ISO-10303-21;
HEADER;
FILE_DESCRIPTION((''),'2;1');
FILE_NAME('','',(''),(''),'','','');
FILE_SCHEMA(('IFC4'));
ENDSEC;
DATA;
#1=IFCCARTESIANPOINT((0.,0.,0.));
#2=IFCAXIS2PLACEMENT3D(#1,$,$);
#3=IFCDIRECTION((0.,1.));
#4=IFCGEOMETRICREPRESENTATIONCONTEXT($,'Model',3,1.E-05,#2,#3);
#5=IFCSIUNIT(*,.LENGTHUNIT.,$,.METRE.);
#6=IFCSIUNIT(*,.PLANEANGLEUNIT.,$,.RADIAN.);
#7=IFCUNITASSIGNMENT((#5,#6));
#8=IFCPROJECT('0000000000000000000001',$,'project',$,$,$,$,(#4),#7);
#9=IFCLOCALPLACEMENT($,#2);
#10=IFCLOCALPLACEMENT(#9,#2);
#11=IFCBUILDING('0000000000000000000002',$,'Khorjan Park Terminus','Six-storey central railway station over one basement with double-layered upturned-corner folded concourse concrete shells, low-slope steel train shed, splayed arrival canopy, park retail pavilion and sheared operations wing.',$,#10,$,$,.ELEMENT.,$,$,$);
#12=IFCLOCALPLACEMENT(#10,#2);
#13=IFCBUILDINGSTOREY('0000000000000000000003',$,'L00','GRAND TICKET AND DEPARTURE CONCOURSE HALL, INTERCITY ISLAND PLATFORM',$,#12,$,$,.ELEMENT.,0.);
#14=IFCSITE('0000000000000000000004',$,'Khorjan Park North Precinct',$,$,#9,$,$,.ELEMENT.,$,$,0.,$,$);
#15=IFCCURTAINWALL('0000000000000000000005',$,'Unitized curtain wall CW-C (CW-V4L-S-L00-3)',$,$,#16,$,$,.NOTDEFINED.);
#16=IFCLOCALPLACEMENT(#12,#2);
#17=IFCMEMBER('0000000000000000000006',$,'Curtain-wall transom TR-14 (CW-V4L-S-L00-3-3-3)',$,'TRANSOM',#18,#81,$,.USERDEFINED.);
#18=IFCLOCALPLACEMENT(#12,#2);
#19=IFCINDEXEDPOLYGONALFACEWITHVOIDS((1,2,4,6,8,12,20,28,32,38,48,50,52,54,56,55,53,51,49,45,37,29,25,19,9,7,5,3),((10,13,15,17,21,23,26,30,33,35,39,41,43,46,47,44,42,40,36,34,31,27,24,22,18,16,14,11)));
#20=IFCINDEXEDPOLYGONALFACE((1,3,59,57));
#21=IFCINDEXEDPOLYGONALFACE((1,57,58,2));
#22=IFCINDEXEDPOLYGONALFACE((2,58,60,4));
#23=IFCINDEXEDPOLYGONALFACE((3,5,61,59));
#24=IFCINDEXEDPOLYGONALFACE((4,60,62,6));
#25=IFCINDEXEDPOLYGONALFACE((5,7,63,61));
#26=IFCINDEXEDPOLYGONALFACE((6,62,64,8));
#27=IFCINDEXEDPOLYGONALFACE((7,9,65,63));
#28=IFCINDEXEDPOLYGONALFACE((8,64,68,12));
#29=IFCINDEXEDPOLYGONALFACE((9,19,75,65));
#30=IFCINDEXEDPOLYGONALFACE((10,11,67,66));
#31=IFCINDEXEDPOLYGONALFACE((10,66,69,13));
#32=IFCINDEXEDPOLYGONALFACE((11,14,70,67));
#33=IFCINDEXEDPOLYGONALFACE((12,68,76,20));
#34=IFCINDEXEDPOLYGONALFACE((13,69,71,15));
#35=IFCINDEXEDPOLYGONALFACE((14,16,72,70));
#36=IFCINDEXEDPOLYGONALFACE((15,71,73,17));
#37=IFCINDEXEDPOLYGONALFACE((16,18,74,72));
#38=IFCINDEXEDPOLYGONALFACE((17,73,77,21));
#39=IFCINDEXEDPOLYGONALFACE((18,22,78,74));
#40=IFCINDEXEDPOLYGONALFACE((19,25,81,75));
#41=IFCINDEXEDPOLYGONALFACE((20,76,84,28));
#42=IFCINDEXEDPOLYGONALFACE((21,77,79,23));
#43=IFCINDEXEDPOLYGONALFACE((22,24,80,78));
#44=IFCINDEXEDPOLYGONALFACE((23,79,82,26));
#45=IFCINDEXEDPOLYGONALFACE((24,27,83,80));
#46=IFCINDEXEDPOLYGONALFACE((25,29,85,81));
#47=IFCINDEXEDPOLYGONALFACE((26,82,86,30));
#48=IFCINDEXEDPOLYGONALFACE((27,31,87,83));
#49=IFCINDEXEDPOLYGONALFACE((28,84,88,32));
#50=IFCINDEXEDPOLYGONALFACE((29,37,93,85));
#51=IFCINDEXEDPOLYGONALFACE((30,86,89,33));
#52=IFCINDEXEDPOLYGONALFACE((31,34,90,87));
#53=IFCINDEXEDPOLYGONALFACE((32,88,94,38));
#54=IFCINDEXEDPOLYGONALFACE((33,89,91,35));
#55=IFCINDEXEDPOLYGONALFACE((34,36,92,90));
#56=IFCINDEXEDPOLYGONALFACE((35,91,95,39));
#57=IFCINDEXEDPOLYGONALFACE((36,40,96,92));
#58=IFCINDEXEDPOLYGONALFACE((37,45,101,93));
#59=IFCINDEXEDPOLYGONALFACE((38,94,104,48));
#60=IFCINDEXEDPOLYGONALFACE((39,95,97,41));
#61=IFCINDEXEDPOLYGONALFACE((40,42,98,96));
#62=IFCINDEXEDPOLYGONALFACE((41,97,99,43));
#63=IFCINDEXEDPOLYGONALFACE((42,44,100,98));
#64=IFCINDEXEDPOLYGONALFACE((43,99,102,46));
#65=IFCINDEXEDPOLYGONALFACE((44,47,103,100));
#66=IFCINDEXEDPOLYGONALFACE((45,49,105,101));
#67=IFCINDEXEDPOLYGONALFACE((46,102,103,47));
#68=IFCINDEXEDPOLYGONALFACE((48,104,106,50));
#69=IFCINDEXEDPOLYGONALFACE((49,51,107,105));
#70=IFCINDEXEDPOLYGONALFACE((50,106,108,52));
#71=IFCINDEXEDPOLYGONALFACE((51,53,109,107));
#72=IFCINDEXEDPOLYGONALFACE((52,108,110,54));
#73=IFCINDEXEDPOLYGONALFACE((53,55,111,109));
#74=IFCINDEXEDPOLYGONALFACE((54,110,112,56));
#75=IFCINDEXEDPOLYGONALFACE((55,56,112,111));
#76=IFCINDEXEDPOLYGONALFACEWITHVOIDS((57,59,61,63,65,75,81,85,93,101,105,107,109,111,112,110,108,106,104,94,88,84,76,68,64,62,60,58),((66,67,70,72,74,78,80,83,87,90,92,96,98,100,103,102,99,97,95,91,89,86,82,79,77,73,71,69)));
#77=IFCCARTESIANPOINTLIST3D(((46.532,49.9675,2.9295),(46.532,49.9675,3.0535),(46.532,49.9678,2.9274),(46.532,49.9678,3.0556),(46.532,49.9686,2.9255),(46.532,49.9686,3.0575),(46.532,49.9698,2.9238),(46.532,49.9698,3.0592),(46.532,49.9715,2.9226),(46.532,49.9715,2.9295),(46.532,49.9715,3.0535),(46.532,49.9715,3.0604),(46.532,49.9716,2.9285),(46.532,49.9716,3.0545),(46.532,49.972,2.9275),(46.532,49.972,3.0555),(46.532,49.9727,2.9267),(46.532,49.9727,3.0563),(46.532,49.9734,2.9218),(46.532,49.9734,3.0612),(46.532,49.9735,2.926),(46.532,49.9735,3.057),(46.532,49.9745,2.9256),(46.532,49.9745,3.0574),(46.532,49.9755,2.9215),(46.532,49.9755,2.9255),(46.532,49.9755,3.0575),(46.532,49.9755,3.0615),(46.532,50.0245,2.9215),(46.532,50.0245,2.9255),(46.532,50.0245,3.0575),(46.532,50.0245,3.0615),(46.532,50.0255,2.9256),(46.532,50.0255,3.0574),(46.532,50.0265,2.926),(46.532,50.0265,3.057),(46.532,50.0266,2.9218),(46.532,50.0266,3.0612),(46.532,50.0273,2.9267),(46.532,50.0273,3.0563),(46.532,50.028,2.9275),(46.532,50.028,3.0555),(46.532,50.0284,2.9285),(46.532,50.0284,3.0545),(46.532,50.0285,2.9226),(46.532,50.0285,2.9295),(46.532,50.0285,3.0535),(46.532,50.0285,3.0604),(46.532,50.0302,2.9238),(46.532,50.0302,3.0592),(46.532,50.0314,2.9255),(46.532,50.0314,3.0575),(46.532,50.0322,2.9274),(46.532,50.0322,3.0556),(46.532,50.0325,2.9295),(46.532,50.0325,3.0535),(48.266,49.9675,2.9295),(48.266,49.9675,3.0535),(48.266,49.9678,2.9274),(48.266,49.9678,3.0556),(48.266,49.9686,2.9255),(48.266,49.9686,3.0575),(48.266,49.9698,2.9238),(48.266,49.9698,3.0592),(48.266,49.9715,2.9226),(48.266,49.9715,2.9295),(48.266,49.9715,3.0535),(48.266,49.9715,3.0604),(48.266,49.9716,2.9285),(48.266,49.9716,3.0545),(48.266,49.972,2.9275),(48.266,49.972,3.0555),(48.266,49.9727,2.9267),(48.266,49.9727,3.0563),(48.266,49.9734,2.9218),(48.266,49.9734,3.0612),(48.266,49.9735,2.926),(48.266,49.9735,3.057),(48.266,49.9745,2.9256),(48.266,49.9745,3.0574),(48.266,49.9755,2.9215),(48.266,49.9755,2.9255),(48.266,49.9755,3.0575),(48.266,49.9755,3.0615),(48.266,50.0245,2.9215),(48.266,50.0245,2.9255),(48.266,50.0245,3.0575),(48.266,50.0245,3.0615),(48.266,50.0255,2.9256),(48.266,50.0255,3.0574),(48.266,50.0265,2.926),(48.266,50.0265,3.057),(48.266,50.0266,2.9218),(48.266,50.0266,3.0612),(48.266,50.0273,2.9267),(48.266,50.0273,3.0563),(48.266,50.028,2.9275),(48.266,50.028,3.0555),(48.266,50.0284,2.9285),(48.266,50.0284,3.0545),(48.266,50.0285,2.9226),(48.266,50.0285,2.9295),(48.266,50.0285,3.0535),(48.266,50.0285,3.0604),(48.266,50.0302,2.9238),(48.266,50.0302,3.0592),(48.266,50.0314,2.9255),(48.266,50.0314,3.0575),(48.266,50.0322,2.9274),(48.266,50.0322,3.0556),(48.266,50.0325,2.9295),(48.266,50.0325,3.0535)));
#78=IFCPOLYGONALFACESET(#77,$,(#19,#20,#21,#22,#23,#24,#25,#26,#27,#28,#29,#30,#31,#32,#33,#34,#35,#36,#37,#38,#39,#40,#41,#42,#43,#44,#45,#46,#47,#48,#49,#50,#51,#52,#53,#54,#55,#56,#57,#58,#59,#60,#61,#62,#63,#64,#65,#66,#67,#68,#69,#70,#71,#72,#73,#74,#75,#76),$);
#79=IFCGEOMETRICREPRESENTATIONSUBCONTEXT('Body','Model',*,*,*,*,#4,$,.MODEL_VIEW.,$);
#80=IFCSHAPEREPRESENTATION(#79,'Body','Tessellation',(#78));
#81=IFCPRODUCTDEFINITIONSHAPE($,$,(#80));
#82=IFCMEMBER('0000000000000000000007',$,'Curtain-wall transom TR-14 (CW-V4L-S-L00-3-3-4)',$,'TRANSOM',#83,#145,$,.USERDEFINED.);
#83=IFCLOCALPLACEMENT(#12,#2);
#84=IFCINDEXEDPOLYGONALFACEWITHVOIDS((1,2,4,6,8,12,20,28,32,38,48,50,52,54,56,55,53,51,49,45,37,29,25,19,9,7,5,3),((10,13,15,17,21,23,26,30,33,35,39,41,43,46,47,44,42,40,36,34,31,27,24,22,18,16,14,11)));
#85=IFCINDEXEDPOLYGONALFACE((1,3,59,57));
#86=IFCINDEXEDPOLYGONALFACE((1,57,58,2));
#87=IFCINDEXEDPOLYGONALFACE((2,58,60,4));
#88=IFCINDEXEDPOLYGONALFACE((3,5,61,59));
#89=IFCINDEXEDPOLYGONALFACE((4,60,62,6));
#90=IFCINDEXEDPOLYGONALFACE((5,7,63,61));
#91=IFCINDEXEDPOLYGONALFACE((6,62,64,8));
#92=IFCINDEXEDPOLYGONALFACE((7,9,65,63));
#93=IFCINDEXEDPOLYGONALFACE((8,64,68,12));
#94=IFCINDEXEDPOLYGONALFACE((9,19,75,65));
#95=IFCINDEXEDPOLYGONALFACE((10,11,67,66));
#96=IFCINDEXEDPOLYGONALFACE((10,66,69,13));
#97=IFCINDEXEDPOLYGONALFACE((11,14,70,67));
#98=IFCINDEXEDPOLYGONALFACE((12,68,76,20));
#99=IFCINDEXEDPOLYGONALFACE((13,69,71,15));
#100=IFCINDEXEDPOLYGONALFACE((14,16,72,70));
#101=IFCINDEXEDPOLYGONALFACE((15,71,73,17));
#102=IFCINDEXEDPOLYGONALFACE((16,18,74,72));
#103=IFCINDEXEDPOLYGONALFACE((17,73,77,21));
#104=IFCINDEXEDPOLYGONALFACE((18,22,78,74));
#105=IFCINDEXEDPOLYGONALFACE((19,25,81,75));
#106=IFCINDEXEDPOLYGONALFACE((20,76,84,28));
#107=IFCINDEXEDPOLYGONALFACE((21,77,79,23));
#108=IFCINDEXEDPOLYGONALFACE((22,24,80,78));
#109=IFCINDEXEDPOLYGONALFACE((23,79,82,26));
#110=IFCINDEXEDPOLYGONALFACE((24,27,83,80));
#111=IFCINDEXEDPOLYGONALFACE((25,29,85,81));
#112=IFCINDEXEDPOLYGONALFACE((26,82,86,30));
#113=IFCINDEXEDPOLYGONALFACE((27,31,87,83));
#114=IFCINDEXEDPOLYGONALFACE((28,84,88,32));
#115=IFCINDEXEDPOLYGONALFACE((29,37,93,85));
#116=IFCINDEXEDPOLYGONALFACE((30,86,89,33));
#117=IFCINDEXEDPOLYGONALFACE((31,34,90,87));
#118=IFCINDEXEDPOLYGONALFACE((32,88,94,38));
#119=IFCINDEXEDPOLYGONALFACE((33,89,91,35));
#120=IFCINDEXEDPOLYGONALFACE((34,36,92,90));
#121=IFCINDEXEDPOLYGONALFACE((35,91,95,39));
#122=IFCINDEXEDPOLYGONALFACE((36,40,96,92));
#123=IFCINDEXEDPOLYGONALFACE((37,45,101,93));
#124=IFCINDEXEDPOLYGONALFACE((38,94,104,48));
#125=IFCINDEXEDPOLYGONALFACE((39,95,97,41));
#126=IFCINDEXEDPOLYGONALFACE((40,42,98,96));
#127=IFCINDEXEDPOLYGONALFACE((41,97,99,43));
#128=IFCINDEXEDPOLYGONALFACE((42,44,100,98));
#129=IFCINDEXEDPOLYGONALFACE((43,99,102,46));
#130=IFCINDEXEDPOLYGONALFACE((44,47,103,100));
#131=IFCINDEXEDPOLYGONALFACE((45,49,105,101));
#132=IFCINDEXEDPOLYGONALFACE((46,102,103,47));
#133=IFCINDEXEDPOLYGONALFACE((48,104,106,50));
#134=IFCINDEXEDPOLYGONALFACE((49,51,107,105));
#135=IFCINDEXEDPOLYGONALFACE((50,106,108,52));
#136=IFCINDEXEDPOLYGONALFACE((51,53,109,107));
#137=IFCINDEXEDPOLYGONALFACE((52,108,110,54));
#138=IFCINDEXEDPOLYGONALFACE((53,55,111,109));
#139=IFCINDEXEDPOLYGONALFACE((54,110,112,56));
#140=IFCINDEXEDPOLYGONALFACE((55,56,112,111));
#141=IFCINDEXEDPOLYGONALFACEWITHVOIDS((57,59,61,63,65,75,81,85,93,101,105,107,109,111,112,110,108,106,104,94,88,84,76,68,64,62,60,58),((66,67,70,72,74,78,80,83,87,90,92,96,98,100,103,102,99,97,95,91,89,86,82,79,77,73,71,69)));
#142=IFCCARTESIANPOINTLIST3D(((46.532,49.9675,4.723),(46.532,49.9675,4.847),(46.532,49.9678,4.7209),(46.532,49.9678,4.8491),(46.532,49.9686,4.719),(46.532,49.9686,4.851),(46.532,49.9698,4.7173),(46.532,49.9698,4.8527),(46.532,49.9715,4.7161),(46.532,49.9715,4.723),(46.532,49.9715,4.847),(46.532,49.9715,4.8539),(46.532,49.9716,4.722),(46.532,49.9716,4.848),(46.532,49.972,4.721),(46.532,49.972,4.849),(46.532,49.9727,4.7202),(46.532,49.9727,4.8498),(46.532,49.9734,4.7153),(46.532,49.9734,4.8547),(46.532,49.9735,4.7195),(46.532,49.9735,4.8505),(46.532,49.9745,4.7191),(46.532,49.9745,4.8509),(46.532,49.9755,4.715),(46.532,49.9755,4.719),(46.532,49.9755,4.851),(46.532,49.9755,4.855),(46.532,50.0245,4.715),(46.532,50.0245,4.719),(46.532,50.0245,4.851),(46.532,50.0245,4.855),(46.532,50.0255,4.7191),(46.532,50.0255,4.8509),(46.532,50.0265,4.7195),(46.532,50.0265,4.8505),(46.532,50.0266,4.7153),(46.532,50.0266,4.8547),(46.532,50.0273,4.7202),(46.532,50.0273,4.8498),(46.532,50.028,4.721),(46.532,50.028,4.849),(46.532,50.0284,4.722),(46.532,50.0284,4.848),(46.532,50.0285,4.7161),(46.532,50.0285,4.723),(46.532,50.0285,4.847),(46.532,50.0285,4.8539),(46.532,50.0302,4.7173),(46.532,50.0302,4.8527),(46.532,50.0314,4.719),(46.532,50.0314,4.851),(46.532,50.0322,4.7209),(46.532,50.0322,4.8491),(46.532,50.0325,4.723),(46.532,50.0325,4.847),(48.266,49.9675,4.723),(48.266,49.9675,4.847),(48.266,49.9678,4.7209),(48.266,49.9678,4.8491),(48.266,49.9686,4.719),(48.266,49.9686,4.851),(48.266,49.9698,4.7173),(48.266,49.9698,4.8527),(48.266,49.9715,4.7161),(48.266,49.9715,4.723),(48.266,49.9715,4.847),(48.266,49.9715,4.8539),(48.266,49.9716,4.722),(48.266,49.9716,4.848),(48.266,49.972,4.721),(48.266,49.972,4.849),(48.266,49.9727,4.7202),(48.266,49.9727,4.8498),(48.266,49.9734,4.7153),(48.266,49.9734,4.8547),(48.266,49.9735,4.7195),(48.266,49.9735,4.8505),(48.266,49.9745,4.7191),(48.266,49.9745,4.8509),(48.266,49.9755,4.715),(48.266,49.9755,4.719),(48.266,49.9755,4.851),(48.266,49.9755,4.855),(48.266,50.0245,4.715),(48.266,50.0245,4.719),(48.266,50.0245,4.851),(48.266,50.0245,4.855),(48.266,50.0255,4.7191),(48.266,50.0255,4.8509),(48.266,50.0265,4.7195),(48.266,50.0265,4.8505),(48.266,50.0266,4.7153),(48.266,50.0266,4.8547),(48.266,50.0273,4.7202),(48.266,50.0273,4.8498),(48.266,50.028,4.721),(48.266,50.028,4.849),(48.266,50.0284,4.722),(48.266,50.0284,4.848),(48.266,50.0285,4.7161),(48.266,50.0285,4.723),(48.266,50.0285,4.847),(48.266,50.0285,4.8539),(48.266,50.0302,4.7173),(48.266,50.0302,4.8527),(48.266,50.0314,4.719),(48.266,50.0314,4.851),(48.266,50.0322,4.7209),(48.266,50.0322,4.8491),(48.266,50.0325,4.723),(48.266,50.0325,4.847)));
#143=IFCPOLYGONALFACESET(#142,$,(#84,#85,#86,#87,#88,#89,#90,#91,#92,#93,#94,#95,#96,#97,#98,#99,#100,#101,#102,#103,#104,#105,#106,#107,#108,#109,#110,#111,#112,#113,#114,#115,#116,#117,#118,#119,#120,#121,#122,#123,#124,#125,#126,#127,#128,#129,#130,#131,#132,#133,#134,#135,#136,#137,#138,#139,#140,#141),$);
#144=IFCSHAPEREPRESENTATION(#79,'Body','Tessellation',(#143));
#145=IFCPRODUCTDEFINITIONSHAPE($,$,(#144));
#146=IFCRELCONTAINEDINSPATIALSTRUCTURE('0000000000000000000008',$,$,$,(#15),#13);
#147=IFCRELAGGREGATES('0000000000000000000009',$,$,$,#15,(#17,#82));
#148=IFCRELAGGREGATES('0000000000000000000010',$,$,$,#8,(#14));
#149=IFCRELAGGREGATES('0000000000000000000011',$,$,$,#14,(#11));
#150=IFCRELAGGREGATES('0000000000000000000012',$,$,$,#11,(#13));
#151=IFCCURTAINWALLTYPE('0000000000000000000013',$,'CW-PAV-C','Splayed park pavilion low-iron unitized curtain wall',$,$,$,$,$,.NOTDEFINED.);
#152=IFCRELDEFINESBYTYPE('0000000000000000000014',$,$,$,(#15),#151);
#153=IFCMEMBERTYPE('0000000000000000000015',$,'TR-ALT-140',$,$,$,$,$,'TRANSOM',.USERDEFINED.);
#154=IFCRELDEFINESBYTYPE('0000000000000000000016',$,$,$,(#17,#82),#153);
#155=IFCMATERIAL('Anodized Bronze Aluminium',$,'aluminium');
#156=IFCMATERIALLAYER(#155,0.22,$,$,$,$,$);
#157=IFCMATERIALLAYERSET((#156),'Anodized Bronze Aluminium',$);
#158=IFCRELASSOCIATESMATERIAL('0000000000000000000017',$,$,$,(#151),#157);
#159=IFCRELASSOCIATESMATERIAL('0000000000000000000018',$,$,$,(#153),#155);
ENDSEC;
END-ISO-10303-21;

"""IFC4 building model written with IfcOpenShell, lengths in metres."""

from ifc_helpers import new_model, si_unit, direction, frame, origin, origin_2d, place, context, subcontext, project, spatial, hollow_rectangle, extrude, material, layer, layer_set, material_profile, profile_set, type_object, element, aggregate, save


model = new_model("IFC4")

# Units and contexts
model_context = context("Model", 3, precision=1e-05, world=origin(), true_north=direction((0.0, 1.0)))
body_context = subcontext(model_context, "Body", "Model", "MODEL_VIEW")
ifc_project = project(units=[si_unit("LENGTHUNIT", "METRE"), si_unit("PLANEANGLEUNIT", "RADIAN")], contexts=[model_context])

# Site, building, storey
site_placement = place(None, origin())
site = spatial("IfcSite", under=ifc_project, at=site_placement, Name="Khorjan Park North Precinct", CompositionType="ELEMENT", RefElevation=0.0)
building_placement = place(site_placement, origin())
building = spatial("IfcBuilding", under=site, at=building_placement, Name="Khorjan Park Terminus", Description="Six-storey central railway station over one basement with double-layered upturned-corner folded concourse concrete shells, low-slope steel train shed, splayed arrival canopy, park retail pavilion and sheared operations wing.", CompositionType="ELEMENT")
storey_placement = place(building_placement, origin())
storey = spatial("IfcBuildingStorey", under=building, at=storey_placement, Name="L00", Description="GRAND TICKET AND DEPARTURE CONCOURSE HALL, INTERCITY ISLAND PLATFORM", CompositionType="ELEMENT", Elevation=0.0)

# Curtain wall, members
ifc_material_1 = material(Name="Anodized Bronze Aluminium", Category="aluminium")
ifc_layer_1 = layer(ifc_material_1, 0.22)
ifc_layer_set_1 = layer_set([ifc_layer_1], Name="Anodized Bronze Aluminium")
curtain_wall_type = type_object("IfcCurtainWallType", Name="CW-PAV-C", Description="Splayed park pavilion low-iron unitized curtain wall", PredefinedType="NOTDEFINED", material=ifc_layer_set_1)
curtain_wall_placement = place(storey_placement, origin())
curtain_wall = element("IfcCurtainWall", 1, at=curtain_wall_placement, inside=storey, type_object=curtain_wall_type, Name="Unitized curtain wall CW-C (CW-V4L-S-L00-3)", PredefinedType="NOTDEFINED")
ifc_material_profile_1 = material_profile(ifc_material_1, hollow_rectangle(XDim=0.065, YDim=0.14, WallThickness=0.004, InnerFilletRadius=0.004, OuterFilletRadius=0.008, at=origin_2d()), Name="ALT 65x140x4")
ifc_profile_set_1 = profile_set([ifc_material_profile_1], Name="Anodized Bronze Aluminium")
member_type_1 = type_object("IfcMemberType", Name="TR-ALT-140", ElementType="TRANSOM", PredefinedType="USERDEFINED", material=ifc_profile_set_1)
member_1_placement = place(storey_placement, frame((46.532, 50.0, 2.9915), z_axis=(1.0, 0.0, 0.0), x_axis=(0.0, 1.0, 0.0)))
member_1 = element("IfcMember", 2, at=member_1_placement, type_object=member_type_1, Name="Curtain-wall transom TR-14 (CW-V4L-S-L00-3-3-3)", ObjectType="TRANSOM", PredefinedType="USERDEFINED", context=body_context, shape_type="SweptSolid", body=[
    extrude(hollow_rectangle(XDim=0.065, YDim=0.14, WallThickness=0.004, InnerFilletRadius=0.004, OuterFilletRadius=0.008, at=origin_2d()), origin(), (0.0, 0.0, 1.0), 1.734),
])
member_2_placement = place(storey_placement, frame((46.532, 50.0, 4.785), z_axis=(1.0, 0.0, 0.0), x_axis=(0.0, 1.0, 0.0)))
member_2 = element("IfcMember", 3, at=member_2_placement, type_object=member_type_1, Name="Curtain-wall transom TR-14 (CW-V4L-S-L00-3-3-4)", ObjectType="TRANSOM", PredefinedType="USERDEFINED", context=body_context, shape_type="SweptSolid", body=[
    extrude(hollow_rectangle(XDim=0.065, YDim=0.14, WallThickness=0.004, InnerFilletRadius=0.004, OuterFilletRadius=0.008, at=origin_2d()), origin(), (0.0, 0.0, 1.0), 1.734),
])
aggregate(curtain_wall, [member_1, member_2])

save(model, "model.ifc")
